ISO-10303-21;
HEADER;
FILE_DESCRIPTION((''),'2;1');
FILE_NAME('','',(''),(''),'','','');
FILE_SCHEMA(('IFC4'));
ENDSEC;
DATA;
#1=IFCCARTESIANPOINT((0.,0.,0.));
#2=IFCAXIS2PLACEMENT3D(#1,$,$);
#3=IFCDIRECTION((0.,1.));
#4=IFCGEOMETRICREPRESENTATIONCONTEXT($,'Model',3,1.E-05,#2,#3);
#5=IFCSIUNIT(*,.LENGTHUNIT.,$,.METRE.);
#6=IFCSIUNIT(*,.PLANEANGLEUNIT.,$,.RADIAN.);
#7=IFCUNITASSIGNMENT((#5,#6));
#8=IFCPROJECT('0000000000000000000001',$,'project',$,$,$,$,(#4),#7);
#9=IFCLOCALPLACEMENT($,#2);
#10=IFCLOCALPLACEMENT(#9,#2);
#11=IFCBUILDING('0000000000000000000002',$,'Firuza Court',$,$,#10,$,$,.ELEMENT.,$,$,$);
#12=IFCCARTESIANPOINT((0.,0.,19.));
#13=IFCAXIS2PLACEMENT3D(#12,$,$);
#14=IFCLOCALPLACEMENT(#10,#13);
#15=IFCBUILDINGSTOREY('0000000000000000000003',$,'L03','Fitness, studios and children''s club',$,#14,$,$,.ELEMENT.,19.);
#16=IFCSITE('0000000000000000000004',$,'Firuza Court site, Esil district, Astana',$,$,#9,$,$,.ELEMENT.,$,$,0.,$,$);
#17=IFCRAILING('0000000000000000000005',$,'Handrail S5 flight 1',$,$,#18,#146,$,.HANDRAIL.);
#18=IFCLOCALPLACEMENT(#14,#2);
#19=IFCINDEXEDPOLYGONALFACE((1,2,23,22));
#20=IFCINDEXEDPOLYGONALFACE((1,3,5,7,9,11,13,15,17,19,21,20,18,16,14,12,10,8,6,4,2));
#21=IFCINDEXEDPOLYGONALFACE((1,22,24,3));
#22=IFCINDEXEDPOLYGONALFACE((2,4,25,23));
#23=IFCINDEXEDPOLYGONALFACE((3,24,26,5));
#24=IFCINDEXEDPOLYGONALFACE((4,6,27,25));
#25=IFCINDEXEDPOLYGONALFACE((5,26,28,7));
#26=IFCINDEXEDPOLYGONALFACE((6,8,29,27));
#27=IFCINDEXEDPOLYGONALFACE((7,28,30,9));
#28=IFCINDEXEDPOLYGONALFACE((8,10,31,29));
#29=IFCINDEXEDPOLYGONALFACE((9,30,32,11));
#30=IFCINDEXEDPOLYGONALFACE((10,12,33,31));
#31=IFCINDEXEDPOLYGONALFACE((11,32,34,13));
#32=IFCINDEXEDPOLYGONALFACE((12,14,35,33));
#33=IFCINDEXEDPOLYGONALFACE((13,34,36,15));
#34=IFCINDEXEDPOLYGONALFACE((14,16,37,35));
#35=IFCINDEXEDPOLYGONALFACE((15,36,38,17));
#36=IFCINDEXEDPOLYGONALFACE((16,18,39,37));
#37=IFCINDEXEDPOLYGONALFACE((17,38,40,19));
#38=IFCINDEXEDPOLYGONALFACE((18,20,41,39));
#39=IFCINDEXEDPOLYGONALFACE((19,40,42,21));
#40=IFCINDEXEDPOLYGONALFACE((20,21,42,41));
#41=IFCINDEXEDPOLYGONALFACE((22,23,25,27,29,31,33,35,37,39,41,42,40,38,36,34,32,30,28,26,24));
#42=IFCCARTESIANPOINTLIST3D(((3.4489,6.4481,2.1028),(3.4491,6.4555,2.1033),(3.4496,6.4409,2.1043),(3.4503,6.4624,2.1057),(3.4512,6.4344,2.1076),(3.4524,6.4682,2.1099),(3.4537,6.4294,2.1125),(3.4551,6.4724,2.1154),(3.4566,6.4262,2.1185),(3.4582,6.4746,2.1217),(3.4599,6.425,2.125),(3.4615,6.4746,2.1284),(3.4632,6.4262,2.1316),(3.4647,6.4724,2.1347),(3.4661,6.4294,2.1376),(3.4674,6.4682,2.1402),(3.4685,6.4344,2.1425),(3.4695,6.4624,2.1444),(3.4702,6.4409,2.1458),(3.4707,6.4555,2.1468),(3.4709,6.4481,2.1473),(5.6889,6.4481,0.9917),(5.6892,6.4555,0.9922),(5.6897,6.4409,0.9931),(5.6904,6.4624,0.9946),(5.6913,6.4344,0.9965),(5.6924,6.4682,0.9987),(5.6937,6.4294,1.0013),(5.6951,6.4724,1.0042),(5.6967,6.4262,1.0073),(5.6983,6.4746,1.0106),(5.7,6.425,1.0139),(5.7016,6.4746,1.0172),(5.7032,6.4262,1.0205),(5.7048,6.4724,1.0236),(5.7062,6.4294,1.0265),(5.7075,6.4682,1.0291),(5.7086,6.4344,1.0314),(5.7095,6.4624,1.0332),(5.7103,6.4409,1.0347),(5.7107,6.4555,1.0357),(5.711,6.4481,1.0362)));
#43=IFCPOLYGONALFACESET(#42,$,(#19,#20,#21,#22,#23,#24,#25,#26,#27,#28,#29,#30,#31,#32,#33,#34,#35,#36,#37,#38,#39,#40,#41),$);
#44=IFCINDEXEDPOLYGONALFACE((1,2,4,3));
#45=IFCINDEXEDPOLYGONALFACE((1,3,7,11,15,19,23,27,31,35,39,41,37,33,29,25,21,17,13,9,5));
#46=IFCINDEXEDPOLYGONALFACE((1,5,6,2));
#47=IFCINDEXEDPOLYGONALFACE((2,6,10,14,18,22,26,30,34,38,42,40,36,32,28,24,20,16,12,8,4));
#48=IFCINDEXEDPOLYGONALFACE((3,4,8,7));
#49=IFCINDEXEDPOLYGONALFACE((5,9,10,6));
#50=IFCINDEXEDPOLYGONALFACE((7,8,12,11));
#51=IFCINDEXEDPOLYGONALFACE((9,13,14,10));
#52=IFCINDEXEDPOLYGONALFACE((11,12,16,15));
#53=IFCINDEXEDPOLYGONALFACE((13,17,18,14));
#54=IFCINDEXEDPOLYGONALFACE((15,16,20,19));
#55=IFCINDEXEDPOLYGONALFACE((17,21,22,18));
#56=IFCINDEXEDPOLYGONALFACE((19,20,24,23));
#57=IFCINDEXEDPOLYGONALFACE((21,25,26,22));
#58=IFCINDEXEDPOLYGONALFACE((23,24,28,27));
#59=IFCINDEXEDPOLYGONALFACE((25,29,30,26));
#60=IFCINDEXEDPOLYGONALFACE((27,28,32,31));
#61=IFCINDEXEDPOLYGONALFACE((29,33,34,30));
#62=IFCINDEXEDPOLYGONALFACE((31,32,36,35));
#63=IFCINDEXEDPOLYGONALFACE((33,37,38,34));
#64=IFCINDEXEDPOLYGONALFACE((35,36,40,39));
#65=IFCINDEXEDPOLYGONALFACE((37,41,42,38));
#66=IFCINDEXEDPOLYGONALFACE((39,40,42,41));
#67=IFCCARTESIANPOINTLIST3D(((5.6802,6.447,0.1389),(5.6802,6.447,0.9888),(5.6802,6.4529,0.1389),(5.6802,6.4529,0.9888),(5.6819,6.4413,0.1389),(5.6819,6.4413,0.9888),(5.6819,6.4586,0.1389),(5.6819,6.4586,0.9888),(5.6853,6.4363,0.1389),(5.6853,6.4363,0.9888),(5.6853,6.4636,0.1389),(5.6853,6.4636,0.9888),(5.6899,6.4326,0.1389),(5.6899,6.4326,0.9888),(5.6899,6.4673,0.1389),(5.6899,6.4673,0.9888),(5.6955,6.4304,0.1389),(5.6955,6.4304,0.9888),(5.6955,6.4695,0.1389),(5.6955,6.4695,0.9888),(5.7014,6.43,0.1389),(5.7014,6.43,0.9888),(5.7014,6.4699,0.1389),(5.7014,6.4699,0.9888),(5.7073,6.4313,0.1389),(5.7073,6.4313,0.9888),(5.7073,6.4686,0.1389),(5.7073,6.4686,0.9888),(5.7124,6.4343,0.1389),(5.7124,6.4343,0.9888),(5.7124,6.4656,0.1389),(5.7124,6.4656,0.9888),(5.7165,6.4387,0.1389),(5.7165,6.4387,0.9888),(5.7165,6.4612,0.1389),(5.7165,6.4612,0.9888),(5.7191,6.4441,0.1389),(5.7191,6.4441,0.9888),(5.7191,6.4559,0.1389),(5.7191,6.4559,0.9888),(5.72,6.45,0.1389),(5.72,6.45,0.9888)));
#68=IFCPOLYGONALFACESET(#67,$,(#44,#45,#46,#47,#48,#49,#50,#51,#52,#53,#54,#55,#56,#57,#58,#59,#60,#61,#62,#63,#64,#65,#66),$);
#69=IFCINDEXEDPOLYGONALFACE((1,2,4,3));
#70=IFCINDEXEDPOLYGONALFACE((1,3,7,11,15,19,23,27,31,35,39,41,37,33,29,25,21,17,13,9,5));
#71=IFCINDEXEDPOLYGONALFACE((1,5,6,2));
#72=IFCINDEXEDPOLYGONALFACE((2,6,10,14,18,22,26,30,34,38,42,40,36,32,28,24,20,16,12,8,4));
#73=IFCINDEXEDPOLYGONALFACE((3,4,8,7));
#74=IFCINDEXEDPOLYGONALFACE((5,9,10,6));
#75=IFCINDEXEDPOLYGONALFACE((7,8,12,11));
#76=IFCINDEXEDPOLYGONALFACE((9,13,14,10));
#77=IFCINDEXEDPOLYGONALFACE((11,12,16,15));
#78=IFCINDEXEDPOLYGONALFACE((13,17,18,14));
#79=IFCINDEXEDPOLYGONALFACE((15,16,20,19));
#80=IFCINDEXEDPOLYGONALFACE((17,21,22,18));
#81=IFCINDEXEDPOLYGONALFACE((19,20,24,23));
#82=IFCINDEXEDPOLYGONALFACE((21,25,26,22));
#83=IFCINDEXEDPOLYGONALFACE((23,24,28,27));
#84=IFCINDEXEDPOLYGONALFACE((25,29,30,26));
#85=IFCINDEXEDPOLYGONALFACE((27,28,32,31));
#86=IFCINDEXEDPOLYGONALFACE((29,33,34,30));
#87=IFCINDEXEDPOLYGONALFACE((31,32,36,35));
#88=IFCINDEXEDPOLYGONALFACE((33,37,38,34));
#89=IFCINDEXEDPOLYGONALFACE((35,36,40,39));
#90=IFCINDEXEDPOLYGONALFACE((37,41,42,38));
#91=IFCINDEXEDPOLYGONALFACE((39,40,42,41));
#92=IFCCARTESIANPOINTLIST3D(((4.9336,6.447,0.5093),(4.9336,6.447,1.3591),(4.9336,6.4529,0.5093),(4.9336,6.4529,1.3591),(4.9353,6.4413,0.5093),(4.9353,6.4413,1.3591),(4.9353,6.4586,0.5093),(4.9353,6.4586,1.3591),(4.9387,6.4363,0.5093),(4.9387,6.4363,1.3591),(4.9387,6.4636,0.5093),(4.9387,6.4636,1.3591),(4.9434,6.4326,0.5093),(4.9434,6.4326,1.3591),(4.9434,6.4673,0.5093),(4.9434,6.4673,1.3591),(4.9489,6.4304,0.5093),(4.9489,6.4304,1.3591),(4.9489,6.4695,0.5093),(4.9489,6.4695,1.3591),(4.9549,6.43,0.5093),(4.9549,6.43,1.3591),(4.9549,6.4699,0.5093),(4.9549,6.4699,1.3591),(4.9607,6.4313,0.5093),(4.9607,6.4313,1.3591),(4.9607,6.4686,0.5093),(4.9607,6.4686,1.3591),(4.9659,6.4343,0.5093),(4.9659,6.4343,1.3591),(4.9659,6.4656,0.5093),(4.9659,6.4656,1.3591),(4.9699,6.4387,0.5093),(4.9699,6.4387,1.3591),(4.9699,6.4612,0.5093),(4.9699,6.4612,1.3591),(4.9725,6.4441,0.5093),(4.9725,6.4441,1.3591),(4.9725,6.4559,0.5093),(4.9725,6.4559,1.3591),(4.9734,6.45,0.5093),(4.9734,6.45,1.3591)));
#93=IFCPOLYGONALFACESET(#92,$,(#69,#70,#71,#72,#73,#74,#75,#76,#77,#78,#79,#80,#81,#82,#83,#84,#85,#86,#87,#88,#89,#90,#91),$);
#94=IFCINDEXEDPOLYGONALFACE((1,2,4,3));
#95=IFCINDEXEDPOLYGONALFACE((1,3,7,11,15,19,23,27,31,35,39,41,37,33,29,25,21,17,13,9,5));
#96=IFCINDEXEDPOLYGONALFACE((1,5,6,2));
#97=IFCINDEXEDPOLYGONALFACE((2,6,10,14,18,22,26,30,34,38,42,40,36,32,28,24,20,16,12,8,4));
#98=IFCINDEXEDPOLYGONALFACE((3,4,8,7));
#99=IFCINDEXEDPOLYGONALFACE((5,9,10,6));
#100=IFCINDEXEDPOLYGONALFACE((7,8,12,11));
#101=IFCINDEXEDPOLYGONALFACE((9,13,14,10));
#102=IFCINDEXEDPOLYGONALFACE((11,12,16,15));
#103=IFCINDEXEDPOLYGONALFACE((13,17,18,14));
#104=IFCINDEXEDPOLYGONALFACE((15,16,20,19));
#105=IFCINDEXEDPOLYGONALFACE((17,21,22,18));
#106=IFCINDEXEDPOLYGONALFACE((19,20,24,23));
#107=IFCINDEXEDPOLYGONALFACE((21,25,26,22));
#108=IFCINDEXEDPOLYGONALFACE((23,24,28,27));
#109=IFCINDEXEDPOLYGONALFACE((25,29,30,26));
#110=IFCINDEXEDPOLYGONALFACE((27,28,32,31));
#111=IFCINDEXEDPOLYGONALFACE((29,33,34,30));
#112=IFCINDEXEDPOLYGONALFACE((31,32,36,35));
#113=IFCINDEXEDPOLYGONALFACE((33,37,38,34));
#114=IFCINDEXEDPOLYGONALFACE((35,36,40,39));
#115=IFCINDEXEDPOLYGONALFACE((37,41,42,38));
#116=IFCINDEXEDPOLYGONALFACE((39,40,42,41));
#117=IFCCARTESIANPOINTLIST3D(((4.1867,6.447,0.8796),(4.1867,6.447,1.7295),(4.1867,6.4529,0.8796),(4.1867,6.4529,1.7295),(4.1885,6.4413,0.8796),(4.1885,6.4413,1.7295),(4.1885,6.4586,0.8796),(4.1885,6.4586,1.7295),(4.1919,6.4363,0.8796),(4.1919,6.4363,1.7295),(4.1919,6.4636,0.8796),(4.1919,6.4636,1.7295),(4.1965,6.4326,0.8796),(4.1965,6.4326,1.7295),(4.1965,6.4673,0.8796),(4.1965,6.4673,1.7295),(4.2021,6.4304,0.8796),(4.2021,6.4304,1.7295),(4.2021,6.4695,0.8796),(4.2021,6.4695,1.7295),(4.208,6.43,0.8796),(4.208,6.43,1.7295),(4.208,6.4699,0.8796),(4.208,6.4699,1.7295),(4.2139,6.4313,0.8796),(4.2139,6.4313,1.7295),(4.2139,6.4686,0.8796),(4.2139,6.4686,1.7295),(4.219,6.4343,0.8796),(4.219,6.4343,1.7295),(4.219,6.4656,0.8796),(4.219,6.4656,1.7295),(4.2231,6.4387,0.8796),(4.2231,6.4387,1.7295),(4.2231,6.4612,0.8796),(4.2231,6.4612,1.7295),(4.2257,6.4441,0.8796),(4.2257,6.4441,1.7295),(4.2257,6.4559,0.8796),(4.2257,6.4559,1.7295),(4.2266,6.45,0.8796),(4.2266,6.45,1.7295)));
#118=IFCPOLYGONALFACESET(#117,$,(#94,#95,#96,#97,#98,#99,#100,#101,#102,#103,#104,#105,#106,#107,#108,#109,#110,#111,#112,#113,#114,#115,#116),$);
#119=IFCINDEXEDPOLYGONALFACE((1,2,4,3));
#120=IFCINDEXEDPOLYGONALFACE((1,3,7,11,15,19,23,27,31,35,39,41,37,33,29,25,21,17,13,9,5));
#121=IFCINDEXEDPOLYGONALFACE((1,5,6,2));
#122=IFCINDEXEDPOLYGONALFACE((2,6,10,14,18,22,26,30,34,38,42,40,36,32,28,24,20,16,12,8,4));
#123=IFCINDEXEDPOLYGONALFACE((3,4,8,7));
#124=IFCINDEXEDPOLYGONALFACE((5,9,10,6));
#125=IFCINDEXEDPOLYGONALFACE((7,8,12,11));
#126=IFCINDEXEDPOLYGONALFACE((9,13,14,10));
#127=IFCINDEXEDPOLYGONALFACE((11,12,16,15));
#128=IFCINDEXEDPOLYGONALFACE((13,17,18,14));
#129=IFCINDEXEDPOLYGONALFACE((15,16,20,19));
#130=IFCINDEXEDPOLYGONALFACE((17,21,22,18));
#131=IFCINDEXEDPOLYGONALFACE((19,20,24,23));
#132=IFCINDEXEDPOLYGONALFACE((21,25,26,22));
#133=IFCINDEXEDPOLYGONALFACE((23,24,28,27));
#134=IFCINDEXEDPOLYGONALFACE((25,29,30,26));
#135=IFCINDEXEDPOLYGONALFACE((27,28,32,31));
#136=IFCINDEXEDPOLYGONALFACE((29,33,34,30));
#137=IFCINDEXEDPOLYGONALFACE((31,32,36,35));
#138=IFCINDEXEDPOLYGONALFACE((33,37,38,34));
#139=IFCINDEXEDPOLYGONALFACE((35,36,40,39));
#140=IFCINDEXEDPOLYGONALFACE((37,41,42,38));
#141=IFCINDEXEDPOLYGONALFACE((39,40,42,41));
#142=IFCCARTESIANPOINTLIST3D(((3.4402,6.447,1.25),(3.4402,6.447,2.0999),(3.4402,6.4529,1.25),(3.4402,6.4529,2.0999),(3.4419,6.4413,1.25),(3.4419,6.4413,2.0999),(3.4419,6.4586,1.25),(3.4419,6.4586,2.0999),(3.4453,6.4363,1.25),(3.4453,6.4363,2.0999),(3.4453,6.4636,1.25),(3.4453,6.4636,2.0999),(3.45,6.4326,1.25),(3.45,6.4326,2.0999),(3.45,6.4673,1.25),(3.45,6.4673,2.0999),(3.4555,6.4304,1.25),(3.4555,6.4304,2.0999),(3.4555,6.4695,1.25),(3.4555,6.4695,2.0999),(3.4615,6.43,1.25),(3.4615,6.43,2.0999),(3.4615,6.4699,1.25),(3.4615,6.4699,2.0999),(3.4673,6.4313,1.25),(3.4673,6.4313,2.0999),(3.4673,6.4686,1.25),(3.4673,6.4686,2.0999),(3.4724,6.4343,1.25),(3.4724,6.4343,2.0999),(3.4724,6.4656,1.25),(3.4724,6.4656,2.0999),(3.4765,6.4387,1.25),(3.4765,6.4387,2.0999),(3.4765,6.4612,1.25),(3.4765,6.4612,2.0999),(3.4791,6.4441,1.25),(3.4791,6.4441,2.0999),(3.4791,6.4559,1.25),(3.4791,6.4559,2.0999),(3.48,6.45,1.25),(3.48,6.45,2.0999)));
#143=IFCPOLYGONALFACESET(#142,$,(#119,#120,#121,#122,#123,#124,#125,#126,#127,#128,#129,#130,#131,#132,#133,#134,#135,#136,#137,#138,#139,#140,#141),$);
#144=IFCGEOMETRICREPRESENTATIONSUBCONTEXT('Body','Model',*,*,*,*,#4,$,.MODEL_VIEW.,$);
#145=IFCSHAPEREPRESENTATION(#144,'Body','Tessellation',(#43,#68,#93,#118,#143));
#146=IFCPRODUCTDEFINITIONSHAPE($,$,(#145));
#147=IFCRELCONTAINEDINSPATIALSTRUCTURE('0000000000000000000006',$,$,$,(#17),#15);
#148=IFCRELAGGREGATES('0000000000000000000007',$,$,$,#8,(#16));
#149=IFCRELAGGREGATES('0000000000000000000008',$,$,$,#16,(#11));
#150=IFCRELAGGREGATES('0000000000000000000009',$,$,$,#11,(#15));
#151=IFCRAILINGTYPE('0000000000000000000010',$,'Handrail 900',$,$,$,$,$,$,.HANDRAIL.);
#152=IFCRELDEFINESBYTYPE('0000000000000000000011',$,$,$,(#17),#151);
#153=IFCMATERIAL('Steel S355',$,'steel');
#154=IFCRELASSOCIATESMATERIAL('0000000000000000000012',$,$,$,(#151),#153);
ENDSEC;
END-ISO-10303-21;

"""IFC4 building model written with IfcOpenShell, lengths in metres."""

from ifc_helpers import new_model, si_unit, direction, frame, origin, origin_2d, place, context, subcontext, project, spatial, circle, extrude, material, type_object, element, save


model = new_model("IFC4")

# Units and contexts
model_context = context("Model", 3, precision=1e-05, world=origin(), true_north=direction((0.0, 1.0)))
body_context = subcontext(model_context, "Body", "Model", "MODEL_VIEW")
ifc_project = project(units=[si_unit("LENGTHUNIT", "METRE"), si_unit("PLANEANGLEUNIT", "RADIAN")], contexts=[model_context])

# Site, building, storey
site_placement = place(None, origin())
site = spatial("IfcSite", under=ifc_project, at=site_placement, Name="Firuza Court site, Esil district, Astana", CompositionType="ELEMENT", RefElevation=0.0)
building_placement = place(site_placement, origin())
building = spatial("IfcBuilding", under=site, at=building_placement, Name="Firuza Court", CompositionType="ELEMENT")
storey_placement = place(building_placement, frame((0.0, 0.0, 19.0)))
storey = spatial("IfcBuildingStorey", under=building, at=storey_placement, Name="L03", Description="Fitness, studios and children's club", CompositionType="ELEMENT", Elevation=19.0)

# Railing
ifc_material_1 = material(Name="Steel S355", Category="steel")
railing_type_1 = type_object("IfcRailingType", Name="Handrail 900", PredefinedType="HANDRAIL", material=ifc_material_1)
for number, where, name in (
    (1, (5.7, 6.45, 0.1389), "Handrail S5 flight 1"),
):
    element("IfcRailing", number, at=place(storey_placement, frame(where)), inside=storey, type_object=railing_type_1, Name=name, PredefinedType="HANDRAIL", context=body_context, shape_type="SweptSolid", body=[
        extrude(circle(Radius=0.0249, at=origin_2d()), frame((0.0, 0.0, 0.875), z_axis=(-0.895848, 0.0, 0.44436), x_axis=(0.0, -1.0, 0.0)), (0.0, 0.0, 1.0), 2.5005),
        extrude(circle(Radius=0.02, at=origin_2d()), origin(), (0.0, 0.0, 1.0), 0.8499),
        extrude(circle(Radius=0.02, at=origin_2d()), frame((-0.7466, 0.0, 0.3704)), (0.0, 0.0, 1.0), 0.8499),
        extrude(circle(Radius=0.02, at=origin_2d()), frame((-1.4934, 0.0, 0.7407)), (0.0, 0.0, 1.0), 0.8499),
        extrude(circle(Radius=0.02, at=origin_2d()), frame((-2.24, 0.0, 1.1111)), (0.0, 0.0, 1.0), 0.8499),
    ])

save(model, "model.ifc")
